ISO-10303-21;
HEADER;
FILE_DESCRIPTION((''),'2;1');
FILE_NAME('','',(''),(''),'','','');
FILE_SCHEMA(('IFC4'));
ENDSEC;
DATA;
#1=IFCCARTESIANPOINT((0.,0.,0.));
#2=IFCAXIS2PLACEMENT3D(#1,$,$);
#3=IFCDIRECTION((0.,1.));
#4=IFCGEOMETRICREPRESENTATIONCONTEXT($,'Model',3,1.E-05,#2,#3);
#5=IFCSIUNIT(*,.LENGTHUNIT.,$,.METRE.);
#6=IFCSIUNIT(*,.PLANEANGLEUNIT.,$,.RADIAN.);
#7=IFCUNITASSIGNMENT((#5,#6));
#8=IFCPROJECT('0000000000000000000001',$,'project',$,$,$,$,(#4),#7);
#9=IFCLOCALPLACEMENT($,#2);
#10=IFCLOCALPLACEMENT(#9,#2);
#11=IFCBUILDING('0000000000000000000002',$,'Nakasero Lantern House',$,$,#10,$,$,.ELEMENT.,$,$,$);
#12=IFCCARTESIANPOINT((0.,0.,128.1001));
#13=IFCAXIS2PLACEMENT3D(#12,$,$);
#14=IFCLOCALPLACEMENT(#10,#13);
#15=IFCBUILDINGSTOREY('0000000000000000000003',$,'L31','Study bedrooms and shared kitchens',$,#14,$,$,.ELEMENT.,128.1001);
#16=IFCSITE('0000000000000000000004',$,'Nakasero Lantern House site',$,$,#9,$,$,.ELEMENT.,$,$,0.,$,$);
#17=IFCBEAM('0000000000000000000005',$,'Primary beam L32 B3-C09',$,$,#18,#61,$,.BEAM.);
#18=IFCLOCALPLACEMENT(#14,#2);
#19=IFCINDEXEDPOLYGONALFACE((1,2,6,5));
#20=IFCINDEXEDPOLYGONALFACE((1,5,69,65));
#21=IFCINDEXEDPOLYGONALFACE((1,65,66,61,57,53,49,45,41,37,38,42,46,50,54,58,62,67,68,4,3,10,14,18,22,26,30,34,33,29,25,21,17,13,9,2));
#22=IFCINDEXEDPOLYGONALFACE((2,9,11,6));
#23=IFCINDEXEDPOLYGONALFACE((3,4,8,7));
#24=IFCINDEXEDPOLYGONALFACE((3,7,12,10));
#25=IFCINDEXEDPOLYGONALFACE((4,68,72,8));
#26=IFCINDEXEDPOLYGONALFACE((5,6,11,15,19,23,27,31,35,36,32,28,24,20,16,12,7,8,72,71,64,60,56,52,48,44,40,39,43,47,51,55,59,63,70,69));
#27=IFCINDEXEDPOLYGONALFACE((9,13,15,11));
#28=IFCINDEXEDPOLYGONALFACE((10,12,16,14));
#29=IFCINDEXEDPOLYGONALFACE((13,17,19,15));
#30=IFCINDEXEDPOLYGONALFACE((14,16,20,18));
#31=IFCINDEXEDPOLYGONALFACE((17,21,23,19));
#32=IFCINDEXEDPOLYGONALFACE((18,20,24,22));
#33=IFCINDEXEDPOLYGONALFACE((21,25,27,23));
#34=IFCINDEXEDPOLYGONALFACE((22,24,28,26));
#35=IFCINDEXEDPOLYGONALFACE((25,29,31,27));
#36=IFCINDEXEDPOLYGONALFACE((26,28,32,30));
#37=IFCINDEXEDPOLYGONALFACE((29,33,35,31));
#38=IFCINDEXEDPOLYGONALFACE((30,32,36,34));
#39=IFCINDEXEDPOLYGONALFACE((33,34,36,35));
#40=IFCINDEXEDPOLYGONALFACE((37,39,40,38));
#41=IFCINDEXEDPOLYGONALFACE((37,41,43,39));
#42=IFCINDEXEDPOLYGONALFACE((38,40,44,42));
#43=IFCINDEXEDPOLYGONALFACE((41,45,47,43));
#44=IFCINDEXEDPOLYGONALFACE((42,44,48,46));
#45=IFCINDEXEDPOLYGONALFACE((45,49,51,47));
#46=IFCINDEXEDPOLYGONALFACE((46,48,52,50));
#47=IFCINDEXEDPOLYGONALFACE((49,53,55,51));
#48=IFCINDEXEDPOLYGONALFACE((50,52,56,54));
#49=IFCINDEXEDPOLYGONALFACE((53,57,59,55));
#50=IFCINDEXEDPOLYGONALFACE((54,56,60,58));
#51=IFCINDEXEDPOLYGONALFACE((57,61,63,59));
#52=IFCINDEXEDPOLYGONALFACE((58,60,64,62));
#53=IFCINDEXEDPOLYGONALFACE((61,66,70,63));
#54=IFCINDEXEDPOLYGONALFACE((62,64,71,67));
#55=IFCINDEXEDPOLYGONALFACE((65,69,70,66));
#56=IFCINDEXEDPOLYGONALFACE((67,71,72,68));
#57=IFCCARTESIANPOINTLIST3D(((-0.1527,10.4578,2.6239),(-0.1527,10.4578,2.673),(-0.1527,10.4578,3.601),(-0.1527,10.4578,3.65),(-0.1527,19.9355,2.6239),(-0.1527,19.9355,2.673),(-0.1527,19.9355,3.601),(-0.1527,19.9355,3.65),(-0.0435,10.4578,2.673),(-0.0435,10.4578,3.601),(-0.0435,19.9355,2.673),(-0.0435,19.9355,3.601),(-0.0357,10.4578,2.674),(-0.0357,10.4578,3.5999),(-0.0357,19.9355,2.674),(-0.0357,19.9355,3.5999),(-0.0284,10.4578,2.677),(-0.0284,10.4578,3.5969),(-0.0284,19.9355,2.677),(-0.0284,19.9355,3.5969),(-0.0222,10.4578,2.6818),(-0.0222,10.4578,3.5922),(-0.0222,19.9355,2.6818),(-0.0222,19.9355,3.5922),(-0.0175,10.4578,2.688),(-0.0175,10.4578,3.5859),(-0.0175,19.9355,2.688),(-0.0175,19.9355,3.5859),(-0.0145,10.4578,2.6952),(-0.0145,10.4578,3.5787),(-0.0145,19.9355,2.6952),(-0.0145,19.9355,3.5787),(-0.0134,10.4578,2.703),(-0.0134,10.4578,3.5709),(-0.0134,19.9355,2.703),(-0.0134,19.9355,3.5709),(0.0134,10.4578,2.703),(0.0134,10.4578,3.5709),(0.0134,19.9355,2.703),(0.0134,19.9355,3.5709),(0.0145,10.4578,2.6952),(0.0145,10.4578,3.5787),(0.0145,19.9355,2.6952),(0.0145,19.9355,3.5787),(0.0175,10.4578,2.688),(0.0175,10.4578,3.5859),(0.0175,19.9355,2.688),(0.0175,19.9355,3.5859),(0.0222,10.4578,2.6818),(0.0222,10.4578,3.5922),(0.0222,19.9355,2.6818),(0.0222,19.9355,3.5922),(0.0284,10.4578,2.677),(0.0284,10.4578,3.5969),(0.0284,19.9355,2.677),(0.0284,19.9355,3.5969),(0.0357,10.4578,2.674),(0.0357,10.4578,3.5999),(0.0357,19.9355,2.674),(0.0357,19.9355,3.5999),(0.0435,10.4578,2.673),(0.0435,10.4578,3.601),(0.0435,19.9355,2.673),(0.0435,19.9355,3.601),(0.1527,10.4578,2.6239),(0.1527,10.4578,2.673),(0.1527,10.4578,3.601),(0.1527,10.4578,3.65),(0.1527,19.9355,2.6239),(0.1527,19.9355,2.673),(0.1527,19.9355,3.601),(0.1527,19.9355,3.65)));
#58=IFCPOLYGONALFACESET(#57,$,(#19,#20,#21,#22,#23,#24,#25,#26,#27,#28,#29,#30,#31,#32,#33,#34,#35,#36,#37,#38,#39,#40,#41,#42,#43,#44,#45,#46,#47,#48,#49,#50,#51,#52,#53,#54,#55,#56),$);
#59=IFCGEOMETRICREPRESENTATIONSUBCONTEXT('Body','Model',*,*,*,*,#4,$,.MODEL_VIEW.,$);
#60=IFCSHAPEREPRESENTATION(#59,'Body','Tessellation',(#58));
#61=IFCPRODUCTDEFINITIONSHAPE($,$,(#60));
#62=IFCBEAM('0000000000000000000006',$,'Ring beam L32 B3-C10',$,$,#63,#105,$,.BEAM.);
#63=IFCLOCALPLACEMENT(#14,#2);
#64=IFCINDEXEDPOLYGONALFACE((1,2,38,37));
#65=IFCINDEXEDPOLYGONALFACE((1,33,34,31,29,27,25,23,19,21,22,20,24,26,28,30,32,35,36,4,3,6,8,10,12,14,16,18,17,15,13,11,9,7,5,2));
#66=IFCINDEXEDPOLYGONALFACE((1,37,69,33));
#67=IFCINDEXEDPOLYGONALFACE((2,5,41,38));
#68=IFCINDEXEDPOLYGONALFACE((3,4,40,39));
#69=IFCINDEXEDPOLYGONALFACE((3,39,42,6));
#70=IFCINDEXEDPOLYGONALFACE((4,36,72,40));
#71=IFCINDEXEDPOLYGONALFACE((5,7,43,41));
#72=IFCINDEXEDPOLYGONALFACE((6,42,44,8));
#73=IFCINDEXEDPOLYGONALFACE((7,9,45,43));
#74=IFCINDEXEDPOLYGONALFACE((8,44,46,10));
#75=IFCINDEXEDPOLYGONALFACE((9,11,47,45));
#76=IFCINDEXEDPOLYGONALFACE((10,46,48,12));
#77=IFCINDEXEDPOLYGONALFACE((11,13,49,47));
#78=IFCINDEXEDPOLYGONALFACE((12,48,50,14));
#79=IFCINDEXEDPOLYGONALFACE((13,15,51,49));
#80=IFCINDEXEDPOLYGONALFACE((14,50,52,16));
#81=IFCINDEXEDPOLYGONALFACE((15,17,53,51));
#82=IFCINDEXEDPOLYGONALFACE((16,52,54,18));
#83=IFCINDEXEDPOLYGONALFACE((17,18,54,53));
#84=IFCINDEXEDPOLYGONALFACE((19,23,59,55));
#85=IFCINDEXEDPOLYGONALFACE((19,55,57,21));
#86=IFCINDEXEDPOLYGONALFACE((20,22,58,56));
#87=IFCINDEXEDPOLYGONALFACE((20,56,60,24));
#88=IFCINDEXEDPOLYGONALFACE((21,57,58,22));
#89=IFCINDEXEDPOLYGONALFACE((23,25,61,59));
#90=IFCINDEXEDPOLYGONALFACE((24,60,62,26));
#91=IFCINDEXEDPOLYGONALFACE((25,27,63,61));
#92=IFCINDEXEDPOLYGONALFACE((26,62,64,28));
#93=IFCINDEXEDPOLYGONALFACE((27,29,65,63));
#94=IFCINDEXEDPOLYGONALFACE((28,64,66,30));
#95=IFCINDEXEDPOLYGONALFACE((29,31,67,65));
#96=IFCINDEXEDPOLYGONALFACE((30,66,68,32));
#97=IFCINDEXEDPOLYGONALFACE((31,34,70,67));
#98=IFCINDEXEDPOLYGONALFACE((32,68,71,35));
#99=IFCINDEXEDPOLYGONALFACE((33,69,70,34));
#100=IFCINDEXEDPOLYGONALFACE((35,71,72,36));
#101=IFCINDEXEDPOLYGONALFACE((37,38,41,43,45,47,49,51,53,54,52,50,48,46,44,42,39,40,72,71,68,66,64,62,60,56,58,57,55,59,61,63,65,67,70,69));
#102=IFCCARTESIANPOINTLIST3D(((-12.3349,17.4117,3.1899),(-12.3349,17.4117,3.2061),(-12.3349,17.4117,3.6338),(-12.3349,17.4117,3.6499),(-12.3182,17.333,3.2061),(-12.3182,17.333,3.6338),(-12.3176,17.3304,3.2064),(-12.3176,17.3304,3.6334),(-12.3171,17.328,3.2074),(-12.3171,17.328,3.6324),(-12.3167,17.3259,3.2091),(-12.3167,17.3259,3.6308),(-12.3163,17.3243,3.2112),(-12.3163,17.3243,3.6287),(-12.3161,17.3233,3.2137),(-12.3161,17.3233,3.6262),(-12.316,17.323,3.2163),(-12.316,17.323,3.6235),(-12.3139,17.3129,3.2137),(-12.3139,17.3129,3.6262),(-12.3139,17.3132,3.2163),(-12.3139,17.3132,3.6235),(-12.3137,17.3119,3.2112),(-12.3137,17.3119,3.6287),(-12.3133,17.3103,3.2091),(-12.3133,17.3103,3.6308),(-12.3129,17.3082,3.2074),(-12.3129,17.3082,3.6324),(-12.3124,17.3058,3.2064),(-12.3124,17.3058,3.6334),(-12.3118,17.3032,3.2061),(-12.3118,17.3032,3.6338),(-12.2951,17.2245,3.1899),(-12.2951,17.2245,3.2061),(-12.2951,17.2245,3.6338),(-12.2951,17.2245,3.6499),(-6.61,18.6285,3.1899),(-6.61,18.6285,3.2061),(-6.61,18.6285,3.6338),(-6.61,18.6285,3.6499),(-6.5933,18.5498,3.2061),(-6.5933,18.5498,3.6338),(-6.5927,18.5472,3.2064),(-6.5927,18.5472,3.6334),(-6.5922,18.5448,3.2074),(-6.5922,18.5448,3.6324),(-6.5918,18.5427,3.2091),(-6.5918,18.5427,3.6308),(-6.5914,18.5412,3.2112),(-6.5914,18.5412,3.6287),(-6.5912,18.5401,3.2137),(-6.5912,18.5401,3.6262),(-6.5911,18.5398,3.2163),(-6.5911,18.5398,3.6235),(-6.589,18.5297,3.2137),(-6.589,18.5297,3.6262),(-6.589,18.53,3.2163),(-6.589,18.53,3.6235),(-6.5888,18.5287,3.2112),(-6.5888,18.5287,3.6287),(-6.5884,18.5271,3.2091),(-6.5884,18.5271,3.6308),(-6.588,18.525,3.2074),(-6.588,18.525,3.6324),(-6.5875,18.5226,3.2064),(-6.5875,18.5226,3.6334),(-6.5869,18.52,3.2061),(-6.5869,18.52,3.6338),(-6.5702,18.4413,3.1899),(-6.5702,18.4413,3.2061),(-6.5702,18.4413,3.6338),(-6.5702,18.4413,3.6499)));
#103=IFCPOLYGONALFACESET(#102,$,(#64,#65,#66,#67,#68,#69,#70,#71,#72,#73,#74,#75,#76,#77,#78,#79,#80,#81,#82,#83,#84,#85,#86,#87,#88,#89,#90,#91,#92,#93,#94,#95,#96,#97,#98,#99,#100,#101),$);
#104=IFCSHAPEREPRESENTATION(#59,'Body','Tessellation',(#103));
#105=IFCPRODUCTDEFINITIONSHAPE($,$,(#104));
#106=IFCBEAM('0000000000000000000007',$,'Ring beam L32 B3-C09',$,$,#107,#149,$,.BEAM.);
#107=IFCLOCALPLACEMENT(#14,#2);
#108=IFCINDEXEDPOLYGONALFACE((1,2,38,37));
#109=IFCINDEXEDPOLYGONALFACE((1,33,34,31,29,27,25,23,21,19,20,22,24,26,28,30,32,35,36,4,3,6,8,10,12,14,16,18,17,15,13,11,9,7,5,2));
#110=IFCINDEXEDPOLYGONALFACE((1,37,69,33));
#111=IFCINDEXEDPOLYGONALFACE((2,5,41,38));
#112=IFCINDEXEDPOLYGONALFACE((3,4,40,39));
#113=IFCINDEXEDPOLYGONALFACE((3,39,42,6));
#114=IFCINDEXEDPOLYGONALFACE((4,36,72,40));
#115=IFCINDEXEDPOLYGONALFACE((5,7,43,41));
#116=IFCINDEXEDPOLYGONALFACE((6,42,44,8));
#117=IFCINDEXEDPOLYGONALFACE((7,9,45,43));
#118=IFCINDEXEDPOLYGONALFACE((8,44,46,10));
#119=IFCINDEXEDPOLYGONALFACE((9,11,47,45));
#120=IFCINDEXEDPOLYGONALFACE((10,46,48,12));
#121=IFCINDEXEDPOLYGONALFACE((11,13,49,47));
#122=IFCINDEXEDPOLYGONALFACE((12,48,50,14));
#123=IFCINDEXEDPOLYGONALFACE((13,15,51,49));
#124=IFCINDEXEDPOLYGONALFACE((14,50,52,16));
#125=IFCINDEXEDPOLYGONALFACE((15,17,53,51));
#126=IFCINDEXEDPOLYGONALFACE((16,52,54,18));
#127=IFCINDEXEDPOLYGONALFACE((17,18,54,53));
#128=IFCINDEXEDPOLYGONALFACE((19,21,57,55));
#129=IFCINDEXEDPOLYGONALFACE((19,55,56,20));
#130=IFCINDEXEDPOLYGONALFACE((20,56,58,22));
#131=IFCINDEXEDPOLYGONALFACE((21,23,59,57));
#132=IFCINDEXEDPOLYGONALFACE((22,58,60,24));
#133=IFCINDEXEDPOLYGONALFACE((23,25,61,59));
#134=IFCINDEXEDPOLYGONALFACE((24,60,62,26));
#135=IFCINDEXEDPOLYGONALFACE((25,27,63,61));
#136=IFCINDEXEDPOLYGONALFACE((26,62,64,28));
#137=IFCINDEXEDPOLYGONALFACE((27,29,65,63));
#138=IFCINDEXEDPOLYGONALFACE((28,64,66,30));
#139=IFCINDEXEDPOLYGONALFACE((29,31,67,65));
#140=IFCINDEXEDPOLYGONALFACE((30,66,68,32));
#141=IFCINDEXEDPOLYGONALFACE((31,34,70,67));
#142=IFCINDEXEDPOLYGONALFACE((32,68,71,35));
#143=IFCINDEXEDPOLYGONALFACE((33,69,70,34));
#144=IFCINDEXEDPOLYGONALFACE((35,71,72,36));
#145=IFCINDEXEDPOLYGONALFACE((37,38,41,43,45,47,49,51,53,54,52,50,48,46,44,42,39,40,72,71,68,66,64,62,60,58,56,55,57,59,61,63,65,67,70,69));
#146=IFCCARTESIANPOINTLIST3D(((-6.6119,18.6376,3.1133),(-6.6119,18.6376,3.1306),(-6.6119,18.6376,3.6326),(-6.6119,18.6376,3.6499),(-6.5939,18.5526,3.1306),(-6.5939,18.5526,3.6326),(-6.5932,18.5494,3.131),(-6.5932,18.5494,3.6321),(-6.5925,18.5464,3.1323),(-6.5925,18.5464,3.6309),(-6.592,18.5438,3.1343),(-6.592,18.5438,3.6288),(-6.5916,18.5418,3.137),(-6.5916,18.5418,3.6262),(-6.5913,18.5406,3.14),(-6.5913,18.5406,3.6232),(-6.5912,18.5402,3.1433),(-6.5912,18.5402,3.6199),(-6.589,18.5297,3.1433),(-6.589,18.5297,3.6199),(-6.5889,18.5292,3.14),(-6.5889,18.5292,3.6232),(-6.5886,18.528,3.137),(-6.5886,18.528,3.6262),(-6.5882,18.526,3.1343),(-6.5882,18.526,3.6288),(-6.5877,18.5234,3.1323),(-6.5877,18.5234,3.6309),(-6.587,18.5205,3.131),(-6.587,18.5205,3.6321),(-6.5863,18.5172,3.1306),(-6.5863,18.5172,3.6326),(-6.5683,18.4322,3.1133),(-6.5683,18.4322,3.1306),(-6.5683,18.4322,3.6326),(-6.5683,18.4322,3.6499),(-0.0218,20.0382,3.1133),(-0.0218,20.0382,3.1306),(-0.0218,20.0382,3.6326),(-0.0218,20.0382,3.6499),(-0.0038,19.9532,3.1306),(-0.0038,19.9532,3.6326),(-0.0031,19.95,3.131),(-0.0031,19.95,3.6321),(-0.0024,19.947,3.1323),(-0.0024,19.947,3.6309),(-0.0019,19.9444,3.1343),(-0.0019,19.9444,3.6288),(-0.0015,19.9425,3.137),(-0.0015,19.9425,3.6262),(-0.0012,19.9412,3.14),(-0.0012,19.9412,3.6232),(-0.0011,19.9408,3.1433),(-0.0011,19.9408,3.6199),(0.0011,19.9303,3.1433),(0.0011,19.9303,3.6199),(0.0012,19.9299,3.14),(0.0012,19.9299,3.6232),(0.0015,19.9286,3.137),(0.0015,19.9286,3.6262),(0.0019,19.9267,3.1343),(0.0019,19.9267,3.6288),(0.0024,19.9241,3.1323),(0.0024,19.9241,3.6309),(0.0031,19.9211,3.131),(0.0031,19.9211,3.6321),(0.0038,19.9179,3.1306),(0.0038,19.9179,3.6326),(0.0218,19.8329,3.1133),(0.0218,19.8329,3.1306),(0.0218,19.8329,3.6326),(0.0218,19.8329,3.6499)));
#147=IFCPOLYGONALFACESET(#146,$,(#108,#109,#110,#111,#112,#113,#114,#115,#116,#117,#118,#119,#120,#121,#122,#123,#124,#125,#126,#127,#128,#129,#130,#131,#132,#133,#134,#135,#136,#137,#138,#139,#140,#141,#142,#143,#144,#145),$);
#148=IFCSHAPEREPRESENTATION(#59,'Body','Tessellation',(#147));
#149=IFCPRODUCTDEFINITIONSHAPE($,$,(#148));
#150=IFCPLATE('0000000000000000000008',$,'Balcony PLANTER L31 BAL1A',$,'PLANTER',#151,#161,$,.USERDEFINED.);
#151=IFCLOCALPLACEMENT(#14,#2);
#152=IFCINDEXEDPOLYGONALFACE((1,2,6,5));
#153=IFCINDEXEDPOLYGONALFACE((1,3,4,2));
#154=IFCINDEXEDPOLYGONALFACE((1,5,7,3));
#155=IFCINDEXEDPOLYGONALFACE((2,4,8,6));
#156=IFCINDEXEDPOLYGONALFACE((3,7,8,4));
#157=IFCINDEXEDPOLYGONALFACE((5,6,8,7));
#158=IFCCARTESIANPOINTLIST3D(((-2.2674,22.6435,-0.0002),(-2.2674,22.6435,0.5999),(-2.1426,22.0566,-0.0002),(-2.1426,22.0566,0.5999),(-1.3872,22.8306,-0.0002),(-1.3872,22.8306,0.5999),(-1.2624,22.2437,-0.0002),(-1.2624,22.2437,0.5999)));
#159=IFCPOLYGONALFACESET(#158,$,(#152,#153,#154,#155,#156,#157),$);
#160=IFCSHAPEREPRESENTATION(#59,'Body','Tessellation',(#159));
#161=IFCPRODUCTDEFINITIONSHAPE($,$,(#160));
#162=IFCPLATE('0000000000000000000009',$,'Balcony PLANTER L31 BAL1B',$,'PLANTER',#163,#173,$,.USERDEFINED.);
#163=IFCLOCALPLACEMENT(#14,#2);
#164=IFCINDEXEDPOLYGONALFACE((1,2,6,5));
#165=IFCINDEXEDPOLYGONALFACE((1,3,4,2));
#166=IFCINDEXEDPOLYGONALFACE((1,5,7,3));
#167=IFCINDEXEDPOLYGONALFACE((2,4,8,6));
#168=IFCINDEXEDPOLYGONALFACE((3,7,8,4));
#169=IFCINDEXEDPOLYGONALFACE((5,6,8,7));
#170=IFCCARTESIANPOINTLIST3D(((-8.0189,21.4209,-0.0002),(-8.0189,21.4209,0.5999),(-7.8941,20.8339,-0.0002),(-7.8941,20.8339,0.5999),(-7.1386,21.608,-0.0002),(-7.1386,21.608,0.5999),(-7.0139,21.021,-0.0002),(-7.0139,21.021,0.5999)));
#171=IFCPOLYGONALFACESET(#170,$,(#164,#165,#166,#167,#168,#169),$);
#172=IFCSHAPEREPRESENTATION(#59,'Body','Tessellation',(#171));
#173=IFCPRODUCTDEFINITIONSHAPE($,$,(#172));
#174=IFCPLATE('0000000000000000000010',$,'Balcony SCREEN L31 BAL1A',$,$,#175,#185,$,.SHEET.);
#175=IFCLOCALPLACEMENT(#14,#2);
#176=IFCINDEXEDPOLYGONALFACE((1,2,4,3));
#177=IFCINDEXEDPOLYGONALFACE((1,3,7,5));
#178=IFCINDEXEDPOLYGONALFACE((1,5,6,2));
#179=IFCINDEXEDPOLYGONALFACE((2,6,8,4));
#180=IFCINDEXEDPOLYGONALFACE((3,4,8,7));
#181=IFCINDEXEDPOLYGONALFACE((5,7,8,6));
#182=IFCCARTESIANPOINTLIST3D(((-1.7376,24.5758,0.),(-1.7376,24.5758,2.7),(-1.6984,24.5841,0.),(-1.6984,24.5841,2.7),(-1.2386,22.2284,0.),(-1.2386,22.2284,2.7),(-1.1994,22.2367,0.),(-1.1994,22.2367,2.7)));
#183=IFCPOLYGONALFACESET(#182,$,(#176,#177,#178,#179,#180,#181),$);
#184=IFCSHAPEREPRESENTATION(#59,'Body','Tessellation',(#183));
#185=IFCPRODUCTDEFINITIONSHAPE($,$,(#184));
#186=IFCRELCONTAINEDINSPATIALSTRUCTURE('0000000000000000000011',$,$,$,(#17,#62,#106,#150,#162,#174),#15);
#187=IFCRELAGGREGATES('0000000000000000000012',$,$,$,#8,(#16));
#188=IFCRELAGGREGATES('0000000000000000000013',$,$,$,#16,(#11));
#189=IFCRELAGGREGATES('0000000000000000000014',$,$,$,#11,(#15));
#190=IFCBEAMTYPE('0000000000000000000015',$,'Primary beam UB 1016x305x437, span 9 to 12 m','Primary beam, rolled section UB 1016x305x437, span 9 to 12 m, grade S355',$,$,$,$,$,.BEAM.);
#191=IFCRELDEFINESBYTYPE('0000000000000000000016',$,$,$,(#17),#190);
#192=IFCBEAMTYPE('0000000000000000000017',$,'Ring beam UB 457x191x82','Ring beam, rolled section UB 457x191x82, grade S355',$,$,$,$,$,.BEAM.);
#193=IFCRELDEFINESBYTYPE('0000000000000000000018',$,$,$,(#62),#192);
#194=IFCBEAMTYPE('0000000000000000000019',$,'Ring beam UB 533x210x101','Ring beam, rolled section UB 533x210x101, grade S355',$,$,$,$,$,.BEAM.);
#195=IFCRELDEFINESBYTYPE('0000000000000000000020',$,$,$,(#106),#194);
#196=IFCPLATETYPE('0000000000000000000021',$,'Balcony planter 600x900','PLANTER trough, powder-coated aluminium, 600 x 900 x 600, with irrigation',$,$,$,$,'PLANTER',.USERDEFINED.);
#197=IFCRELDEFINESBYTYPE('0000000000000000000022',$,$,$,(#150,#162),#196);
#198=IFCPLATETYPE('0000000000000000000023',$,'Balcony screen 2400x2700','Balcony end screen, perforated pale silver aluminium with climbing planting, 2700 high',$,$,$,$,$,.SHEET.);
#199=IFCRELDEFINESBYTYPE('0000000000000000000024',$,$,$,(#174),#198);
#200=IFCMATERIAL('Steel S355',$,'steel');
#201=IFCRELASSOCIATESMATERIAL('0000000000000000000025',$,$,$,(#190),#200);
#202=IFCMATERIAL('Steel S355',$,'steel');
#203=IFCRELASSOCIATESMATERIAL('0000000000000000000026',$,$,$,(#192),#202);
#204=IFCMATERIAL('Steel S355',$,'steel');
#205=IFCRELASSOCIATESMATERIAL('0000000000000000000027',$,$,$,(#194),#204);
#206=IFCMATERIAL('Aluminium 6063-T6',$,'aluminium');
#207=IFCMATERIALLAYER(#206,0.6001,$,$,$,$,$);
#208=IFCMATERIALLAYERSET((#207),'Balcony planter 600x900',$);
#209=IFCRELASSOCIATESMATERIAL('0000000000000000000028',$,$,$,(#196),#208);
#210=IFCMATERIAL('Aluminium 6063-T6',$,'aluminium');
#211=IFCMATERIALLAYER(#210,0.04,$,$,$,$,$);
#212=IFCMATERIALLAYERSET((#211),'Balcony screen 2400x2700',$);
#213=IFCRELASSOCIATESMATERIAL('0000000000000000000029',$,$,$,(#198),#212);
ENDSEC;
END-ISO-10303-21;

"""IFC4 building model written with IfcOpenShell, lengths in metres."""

from ifc_helpers import new_model, si_unit, direction, frame, origin, origin_2d, place, context, subcontext, project, spatial, rectangle, i_section, extrude, material, layer, layer_set, material_profile, profile_set, type_object, element, save


model = new_model("IFC4")

# Units and contexts
model_context = context("Model", 3, precision=1e-05, world=origin(), true_north=direction((0.0, 1.0)))
body_context = subcontext(model_context, "Body", "Model", "MODEL_VIEW")
ifc_project = project(units=[si_unit("LENGTHUNIT", "METRE"), si_unit("PLANEANGLEUNIT", "RADIAN")], contexts=[model_context])

# Site, building, storey
site_placement = place(None, origin())
site = spatial("IfcSite", under=ifc_project, at=site_placement, Name="Nakasero Lantern House site", CompositionType="ELEMENT", RefElevation=0.0)
building_placement = place(site_placement, origin())
building = spatial("IfcBuilding", under=site, at=building_placement, Name="Nakasero Lantern House", CompositionType="ELEMENT")
storey_placement = place(building_placement, frame((0.0, 0.0, 128.1001)))
storey = spatial("IfcBuildingStorey", under=building, at=storey_placement, Name="L31", Description="Study bedrooms and shared kitchens", CompositionType="ELEMENT", Elevation=128.1001)

# Beams
ifc_material_1 = material(Name="Steel S355", Category="steel")
ifc_material_profile_1 = material_profile(ifc_material_1, i_section(OverallWidth=0.3054, OverallDepth=1.0261, WebThickness=0.0269, FlangeThickness=0.0491, FilletRadius=0.03, at=origin_2d()), Name="UB 1016x305x437")
ifc_profile_set_1 = profile_set([ifc_material_profile_1], Name="Steel S355")
beam_type_1 = type_object("IfcBeamType", Name="Primary beam UB 1016x305x437, span 9 to 12 m", Description="Primary beam, rolled section UB 1016x305x437, span 9 to 12 m, grade S355", PredefinedType="BEAM", material=ifc_profile_set_1)
beam_1_placement = place(storey_placement, frame((0.0, 19.9355, 3.137), z_axis=(0.0, -1.0, 0.0), x_axis=(1.0, 0.0, 0.0)))
element("IfcBeam", 1, at=beam_1_placement, inside=storey, type_object=beam_type_1, Name="Primary beam L32 B3-C09", PredefinedType="BEAM", context=body_context, shape_type="SweptSolid", body=[
    extrude(i_section(OverallWidth=0.3054, OverallDepth=1.0261, WebThickness=0.0269, FlangeThickness=0.0491, FilletRadius=0.03, at=origin_2d()), origin(), (0.0, 0.0, 1.0), 9.4778),
])
ifc_material_2 = material(Name="Steel S355", Category="steel")
ifc_material_profile_2 = material_profile(ifc_material_2, i_section(OverallWidth=0.1914, OverallDepth=0.46, WebThickness=0.01, FlangeThickness=0.0161, FilletRadius=0.0103, at=origin_2d()), Name="UB 457x191x82")
ifc_profile_set_2 = profile_set([ifc_material_profile_2], Name="Steel S355")
beam_type_2 = type_object("IfcBeamType", Name="Ring beam UB 457x191x82", Description="Ring beam, rolled section UB 457x191x82, grade S355", PredefinedType="BEAM", material=ifc_profile_set_2)
beam_2_placement = place(storey_placement, frame((-6.5901, 18.5349, 3.4199), z_axis=(-0.97815, -0.207902, 0.0), x_axis=(0.207902, -0.97815, 0.0)))
element("IfcBeam", 2, at=beam_2_placement, inside=storey, type_object=beam_type_2, Name="Ring beam L32 B3-C10", PredefinedType="BEAM", context=body_context, shape_type="SweptSolid", body=[
    extrude(i_section(OverallWidth=0.1914, OverallDepth=0.46, WebThickness=0.01, FlangeThickness=0.0161, FilletRadius=0.0103, at=origin_2d()), origin(), (0.0, 0.0, 1.0), 5.8528),
])
ifc_material_3 = material(Name="Steel S355", Category="steel")
ifc_material_profile_3 = material_profile(ifc_material_3, i_section(OverallWidth=0.21, OverallDepth=0.5366, WebThickness=0.0107, FlangeThickness=0.0173, FilletRadius=0.0127, at=origin_2d()), Name="UB 533x210x101")
ifc_profile_set_3 = profile_set([ifc_material_profile_3], Name="Steel S355")
beam_type_3 = type_object("IfcBeamType", Name="Ring beam UB 533x210x101", Description="Ring beam, rolled section UB 533x210x101, grade S355", PredefinedType="BEAM", material=ifc_profile_set_3)
beam_3_placement = place(storey_placement, frame((0.0, 19.9355, 3.3816), z_axis=(-0.978152, -0.207893, 0.0), x_axis=(0.207893, -0.978152, 0.0)))
element("IfcBeam", 3, at=beam_3_placement, inside=storey, type_object=beam_type_3, Name="Ring beam L32 B3-C09", PredefinedType="BEAM", context=body_context, shape_type="SweptSolid", body=[
    extrude(i_section(OverallWidth=0.21, OverallDepth=0.5366, WebThickness=0.0107, FlangeThickness=0.0173, FilletRadius=0.0127, at=origin_2d()), origin(), (0.0, 0.0, 1.0), 6.7373),
])

# Plates
ifc_material_4 = material(Name="Aluminium 6063-T6", Category="aluminium")
ifc_layer_1 = layer(ifc_material_4, 0.6001)
ifc_layer_set_1 = layer_set([ifc_layer_1], Name="Balcony planter 600x900")
plate_type_1 = type_object("IfcPlateType", Name="Balcony planter 600x900", Description="PLANTER trough, powder-coated aluminium, 600 x 900 x 600, with irrigation", ElementType="PLANTER", PredefinedType="USERDEFINED", material=ifc_layer_set_1)
for number, where, z_axis, x_axis, name in (
    (4, (-1.7649, 22.4436, -0.0002), (0.0, 0.0, 1.0), (-0.207912, 0.978148, 0.0), "Balcony PLANTER L31 BAL1A"),
    (5, (-7.5164, 21.2209, -0.0002), (0.0, 0.0, 1.0), (-0.207912, 0.978148, 0.0), "Balcony PLANTER L31 BAL1B"),
):
    element("IfcPlate", number, at=place(storey_placement, frame(where, z_axis=z_axis, x_axis=x_axis)), inside=storey, type_object=plate_type_1, Name=name, ObjectType="PLANTER", PredefinedType="USERDEFINED", context=body_context, shape_type="SweptSolid", body=[
        extrude(rectangle(XDim=0.6001, YDim=0.8999, at=origin_2d()), origin(), (0.0, 0.0, 1.0), 0.6001),
    ])
ifc_material_5 = material(Name="Aluminium 6063-T6", Category="aluminium")
ifc_layer_2 = layer(ifc_material_5, 0.04)
ifc_layer_set_2 = layer_set([ifc_layer_2], Name="Balcony screen 2400x2700")
plate_type_2 = type_object("IfcPlateType", Name="Balcony screen 2400x2700", Description="Balcony end screen, perforated pale silver aluminium with climbing planting, 2700 high", PredefinedType="SHEET", material=ifc_layer_set_2)
for number, where, z_axis, x_axis, name in (
    (6, (-1.4685, 23.4062, 0.0), (0.0, 0.0, 1.0), (-0.207912, 0.978148, 0.0), "Balcony SCREEN L31 BAL1A"),
):
    element("IfcPlate", number, at=place(storey_placement, frame(where, z_axis=z_axis, x_axis=x_axis)), inside=storey, type_object=plate_type_2, Name=name, PredefinedType="SHEET", context=body_context, shape_type="SweptSolid", body=[
        extrude(rectangle(XDim=2.3999, YDim=0.04, at=origin_2d()), origin(), (0.0, 0.0, 1.0), 2.7),
    ])

save(model, "model.ifc")
